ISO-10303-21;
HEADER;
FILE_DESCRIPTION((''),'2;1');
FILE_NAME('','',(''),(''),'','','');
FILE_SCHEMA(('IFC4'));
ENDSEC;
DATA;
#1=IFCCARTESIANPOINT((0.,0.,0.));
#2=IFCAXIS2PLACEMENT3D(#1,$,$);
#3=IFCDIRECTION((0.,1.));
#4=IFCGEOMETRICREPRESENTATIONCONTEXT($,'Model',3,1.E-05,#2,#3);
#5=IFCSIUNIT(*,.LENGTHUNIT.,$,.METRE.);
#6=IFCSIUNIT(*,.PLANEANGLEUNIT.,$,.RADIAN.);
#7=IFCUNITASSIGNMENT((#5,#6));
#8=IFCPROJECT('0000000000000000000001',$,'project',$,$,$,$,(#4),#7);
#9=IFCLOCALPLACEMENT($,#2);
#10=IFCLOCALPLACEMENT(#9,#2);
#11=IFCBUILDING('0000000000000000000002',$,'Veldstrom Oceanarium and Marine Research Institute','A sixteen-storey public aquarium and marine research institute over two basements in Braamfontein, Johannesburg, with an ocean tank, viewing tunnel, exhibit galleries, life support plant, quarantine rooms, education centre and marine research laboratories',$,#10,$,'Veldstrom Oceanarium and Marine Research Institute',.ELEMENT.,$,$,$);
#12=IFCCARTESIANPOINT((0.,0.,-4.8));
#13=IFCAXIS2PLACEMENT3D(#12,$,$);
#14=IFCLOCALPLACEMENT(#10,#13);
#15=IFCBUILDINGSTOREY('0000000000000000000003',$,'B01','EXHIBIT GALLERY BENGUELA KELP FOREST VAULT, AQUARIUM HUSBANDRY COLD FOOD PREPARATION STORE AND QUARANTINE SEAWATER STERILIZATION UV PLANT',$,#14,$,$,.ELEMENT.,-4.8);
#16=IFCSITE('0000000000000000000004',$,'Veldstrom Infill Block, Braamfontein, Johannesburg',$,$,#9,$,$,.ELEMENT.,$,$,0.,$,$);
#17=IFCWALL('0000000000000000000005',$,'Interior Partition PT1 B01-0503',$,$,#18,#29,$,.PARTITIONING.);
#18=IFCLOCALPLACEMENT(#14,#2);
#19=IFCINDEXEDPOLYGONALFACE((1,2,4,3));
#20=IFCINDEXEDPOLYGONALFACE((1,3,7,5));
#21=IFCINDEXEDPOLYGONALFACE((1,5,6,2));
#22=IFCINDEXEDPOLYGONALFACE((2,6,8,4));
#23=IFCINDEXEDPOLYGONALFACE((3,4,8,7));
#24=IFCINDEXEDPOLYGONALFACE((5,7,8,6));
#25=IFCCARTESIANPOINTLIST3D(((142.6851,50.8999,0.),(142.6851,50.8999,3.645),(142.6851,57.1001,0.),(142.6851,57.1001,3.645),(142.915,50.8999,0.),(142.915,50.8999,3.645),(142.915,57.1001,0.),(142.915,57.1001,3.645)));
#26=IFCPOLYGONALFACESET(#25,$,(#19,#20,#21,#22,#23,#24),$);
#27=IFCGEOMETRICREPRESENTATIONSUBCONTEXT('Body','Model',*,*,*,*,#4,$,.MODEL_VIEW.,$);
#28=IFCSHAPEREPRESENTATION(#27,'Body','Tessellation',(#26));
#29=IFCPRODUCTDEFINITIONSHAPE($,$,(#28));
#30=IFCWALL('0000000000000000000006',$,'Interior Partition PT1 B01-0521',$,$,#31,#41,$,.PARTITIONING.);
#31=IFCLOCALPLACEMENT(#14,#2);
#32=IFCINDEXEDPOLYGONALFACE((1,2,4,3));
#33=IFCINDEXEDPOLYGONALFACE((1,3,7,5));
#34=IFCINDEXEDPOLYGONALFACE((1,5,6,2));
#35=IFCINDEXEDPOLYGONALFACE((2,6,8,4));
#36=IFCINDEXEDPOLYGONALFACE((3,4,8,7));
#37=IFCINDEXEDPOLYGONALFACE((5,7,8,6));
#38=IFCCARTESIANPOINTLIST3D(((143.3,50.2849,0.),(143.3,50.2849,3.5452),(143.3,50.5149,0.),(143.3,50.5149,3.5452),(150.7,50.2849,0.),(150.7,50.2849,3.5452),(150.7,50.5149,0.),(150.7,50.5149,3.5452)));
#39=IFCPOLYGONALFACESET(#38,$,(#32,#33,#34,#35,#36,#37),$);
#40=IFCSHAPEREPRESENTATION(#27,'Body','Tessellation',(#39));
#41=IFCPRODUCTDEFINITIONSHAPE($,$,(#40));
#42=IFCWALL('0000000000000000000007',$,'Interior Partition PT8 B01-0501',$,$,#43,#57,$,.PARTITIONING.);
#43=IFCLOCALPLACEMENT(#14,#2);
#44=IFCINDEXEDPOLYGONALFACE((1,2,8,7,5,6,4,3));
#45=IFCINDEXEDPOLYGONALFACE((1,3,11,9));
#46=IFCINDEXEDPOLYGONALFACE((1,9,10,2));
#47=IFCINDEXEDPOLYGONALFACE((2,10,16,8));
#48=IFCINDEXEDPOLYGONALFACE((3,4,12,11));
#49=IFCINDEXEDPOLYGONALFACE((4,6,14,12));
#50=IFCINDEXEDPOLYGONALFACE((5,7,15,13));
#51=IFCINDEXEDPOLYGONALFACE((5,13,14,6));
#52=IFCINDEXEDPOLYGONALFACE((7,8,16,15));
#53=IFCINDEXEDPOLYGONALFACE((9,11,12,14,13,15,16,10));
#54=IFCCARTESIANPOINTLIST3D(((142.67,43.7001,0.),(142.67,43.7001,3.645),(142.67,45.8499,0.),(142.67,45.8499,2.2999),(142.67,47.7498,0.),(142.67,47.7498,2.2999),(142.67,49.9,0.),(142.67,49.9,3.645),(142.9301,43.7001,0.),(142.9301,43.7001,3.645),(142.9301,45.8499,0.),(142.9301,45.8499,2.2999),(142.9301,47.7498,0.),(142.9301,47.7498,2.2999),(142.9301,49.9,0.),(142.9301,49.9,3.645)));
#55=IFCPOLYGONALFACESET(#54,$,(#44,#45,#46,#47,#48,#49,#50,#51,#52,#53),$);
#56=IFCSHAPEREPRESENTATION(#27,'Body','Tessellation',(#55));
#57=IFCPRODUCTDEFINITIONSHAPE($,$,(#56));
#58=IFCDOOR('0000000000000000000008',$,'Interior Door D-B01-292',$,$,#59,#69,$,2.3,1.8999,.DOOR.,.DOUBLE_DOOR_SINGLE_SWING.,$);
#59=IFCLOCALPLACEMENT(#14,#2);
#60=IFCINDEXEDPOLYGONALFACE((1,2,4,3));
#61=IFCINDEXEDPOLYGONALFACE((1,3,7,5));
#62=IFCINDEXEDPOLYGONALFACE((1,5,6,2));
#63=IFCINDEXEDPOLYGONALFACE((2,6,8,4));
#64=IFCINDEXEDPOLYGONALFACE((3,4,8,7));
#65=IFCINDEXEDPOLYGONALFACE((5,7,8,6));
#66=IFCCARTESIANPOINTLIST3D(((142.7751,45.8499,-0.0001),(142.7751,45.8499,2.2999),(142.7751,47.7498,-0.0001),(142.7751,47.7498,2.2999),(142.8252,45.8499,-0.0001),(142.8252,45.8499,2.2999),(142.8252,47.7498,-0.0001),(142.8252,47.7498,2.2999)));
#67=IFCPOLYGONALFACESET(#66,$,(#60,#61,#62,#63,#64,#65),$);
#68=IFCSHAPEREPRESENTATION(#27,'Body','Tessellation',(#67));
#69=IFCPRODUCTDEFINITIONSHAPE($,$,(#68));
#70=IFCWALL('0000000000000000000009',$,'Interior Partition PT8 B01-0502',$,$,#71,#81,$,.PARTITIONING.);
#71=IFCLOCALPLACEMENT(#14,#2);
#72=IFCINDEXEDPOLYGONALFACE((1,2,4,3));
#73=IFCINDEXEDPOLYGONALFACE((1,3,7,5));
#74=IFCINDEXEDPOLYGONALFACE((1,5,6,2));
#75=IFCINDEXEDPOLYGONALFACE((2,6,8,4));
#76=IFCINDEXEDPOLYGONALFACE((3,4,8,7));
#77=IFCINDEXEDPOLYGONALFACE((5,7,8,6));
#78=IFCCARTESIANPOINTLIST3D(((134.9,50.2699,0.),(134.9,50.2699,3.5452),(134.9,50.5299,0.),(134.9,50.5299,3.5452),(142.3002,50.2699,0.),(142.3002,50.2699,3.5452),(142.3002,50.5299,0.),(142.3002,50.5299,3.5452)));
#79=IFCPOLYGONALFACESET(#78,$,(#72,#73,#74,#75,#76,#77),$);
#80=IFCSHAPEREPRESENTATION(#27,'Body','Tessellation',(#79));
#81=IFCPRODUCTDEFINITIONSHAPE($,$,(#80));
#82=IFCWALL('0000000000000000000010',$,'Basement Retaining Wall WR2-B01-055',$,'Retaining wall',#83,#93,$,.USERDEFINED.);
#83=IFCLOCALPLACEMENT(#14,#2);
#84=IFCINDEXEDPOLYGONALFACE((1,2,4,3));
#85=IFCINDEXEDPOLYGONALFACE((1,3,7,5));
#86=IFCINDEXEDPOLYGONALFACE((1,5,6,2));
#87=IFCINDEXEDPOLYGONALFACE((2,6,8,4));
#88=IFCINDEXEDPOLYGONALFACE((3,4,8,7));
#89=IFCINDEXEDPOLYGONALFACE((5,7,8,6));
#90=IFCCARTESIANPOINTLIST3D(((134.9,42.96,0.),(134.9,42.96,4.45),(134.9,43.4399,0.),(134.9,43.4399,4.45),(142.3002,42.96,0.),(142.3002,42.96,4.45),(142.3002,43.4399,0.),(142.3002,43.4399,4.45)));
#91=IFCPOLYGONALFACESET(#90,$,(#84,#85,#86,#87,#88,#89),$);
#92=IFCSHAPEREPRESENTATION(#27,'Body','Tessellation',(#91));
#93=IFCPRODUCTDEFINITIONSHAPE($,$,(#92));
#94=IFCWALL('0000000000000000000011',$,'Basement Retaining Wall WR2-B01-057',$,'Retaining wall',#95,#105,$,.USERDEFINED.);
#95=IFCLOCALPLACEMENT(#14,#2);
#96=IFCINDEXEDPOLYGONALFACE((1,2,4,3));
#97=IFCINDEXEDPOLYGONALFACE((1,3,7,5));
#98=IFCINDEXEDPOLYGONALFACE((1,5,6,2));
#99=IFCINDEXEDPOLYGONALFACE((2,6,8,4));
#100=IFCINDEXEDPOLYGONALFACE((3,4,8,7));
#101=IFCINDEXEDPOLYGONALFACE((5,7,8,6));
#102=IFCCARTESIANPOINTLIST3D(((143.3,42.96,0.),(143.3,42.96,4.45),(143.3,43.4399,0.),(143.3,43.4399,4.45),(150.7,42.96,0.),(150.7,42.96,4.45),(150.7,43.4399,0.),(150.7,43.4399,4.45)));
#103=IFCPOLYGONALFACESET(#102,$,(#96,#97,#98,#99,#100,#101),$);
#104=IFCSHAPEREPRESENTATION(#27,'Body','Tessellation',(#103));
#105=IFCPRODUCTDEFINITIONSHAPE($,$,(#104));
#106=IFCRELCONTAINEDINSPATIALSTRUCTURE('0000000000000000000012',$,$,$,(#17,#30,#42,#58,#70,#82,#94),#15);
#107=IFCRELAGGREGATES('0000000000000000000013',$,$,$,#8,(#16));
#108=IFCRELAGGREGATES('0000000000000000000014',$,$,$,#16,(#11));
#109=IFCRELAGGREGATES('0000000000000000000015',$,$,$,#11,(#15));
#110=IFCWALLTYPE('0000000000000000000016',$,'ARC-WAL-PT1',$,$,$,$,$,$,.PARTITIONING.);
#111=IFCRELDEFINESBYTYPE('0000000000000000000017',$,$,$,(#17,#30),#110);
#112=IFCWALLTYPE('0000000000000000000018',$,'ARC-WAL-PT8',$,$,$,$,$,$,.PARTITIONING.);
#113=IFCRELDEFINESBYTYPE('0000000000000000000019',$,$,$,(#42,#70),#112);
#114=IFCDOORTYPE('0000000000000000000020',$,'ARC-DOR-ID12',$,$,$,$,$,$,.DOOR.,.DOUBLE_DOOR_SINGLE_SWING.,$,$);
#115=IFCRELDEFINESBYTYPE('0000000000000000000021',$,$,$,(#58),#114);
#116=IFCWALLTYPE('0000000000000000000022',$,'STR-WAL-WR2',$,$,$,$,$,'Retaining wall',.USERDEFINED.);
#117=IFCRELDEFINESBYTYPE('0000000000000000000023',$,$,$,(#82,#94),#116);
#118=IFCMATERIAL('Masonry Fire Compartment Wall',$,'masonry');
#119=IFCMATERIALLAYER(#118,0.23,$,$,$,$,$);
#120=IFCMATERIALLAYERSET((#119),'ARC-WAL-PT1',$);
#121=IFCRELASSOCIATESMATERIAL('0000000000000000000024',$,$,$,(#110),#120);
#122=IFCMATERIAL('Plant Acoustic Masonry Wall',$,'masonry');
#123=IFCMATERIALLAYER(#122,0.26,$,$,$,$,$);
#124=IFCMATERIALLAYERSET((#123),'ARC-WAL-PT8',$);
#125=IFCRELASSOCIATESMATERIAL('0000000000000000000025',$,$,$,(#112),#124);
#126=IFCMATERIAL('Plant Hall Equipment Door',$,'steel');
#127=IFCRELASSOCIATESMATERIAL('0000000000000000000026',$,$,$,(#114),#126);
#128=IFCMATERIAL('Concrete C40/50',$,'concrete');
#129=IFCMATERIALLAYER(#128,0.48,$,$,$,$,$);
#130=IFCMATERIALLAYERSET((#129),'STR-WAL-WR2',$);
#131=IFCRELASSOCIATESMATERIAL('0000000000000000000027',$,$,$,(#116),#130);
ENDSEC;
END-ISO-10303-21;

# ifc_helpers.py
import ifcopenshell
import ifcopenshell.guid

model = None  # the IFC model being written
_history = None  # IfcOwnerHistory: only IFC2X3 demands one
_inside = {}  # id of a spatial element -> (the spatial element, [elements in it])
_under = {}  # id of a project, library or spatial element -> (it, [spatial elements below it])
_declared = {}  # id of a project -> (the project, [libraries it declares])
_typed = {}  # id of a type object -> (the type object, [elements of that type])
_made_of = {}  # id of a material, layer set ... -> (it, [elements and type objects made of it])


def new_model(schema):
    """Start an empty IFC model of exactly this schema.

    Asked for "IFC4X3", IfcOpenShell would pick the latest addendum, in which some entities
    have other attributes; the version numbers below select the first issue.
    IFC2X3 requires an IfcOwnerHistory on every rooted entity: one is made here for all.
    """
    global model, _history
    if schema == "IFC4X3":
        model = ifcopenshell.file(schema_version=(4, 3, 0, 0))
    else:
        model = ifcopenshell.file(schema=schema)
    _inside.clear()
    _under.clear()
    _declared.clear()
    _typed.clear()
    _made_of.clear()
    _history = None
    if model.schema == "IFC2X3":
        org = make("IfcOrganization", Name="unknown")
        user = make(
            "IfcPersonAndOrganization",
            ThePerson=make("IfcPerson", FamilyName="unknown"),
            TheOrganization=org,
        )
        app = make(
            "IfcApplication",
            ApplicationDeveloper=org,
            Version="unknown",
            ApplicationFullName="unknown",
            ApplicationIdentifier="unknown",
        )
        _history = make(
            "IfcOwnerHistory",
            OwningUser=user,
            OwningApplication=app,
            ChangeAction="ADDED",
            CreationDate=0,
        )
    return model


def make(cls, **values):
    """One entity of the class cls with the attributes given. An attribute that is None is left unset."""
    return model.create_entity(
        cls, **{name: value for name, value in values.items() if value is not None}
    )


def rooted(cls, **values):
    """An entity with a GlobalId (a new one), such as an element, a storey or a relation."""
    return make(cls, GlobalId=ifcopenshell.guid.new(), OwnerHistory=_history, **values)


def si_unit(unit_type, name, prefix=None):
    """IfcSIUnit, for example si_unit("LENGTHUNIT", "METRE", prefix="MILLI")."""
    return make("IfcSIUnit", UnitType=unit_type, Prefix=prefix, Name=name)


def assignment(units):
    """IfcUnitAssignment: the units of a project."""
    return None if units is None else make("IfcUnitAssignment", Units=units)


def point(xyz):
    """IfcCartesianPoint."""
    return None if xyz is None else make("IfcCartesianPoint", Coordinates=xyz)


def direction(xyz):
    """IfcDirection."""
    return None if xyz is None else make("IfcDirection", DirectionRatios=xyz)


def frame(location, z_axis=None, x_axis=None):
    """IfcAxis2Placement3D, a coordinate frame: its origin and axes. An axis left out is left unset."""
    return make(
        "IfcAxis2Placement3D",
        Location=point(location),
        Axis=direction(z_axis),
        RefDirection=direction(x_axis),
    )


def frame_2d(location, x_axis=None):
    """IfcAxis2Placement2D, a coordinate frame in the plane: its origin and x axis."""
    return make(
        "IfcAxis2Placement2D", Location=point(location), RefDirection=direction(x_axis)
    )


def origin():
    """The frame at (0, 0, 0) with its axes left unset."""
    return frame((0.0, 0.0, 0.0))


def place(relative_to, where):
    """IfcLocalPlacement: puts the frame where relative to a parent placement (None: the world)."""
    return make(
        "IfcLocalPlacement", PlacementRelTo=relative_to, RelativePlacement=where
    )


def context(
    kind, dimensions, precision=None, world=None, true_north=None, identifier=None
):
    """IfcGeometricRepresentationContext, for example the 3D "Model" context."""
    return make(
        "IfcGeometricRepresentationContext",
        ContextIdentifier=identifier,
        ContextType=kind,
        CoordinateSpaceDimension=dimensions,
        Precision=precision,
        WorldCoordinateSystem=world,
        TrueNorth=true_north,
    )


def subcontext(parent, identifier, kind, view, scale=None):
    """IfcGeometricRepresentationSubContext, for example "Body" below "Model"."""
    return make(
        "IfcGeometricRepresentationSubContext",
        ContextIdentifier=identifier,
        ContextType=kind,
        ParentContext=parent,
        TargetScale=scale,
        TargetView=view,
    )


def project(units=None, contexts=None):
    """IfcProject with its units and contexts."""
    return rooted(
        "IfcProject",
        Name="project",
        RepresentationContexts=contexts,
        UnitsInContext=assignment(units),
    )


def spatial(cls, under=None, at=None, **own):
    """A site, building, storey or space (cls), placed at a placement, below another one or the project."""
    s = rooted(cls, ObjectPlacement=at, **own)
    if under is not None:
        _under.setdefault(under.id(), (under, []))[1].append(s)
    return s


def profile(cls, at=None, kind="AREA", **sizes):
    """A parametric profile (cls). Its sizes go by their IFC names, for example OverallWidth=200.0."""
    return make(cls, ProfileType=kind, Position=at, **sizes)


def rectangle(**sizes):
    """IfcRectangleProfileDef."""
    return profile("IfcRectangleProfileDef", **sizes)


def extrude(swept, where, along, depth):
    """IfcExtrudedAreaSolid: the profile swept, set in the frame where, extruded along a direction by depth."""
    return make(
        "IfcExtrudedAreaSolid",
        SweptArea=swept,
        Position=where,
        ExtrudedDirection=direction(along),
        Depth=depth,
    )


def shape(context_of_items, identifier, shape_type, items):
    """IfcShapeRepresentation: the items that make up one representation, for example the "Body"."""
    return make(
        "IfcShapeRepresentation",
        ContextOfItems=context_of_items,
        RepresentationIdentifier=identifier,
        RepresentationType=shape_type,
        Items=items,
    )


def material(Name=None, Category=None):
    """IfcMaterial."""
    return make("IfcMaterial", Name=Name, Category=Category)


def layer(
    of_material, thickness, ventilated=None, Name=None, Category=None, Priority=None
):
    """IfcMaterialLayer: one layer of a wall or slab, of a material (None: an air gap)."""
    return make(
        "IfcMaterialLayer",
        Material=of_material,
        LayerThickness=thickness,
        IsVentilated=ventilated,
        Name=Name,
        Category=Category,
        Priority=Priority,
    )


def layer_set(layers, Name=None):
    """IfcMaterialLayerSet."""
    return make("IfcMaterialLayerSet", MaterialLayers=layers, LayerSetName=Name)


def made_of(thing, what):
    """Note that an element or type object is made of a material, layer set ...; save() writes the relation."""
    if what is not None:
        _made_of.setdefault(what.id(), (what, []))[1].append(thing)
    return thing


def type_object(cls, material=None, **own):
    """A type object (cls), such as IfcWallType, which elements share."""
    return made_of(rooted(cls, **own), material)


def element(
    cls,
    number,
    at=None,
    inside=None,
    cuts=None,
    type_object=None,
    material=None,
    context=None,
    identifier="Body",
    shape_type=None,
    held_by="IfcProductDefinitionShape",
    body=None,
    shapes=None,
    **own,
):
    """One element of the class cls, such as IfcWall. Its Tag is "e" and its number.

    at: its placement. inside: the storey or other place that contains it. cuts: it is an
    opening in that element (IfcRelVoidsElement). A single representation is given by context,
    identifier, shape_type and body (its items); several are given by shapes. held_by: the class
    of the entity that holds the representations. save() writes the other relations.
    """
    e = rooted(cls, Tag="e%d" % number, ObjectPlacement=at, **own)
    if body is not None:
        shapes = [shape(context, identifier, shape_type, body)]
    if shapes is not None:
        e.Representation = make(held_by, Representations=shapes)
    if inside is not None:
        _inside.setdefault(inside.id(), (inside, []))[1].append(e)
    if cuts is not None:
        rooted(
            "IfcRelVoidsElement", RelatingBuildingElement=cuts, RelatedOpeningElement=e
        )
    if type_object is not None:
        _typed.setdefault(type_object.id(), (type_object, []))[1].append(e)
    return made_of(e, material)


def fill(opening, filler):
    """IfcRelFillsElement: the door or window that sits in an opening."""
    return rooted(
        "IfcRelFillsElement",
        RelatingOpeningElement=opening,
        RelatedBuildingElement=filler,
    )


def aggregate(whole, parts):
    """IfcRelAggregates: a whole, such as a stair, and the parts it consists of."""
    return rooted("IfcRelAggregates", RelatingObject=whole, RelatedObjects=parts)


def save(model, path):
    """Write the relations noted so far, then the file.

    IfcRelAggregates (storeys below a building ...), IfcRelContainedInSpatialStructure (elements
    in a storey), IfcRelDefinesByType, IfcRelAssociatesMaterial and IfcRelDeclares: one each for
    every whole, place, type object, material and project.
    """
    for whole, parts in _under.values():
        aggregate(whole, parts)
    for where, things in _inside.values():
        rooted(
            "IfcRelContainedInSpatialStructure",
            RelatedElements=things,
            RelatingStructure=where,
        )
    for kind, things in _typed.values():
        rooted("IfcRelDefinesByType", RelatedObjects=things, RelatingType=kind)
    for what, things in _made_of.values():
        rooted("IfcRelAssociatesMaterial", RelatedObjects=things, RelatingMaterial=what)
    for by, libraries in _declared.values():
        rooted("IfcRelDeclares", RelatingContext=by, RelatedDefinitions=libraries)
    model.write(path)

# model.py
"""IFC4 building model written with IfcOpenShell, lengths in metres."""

from ifc_helpers import new_model, si_unit, direction, frame, frame_2d, origin, place, context, subcontext, project, spatial, rectangle, extrude, material, layer, layer_set, type_object, element, fill, save


model = new_model("IFC4")

# Units and contexts
model_context = context("Model", 3, precision=1e-05, world=origin(), true_north=direction((0.0, 1.0)))
body_context = subcontext(model_context, "Body", "Model", "MODEL_VIEW")
ifc_project = project(units=[si_unit("LENGTHUNIT", "METRE"), si_unit("PLANEANGLEUNIT", "RADIAN")], contexts=[model_context])

# Site, building, storey
site_placement = place(None, origin())
site = spatial("IfcSite", under=ifc_project, at=site_placement, Name="Veldstrom Infill Block, Braamfontein, Johannesburg", CompositionType="ELEMENT", RefElevation=0.0)
building_placement = place(site_placement, origin())
building = spatial("IfcBuilding", under=site, at=building_placement, Name="Veldstrom Oceanarium and Marine Research Institute", Description="A sixteen-storey public aquarium and marine research institute over two basements in Braamfontein, Johannesburg, with an ocean tank, viewing tunnel, exhibit galleries, life support plant, quarantine rooms, education centre and marine research laboratories", LongName="Veldstrom Oceanarium and Marine Research Institute", CompositionType="ELEMENT")
storey_placement = place(building_placement, frame((0.0, 0.0, -4.8)))
storey = spatial("IfcBuildingStorey", under=building, at=storey_placement, Name="B01", Description="EXHIBIT GALLERY BENGUELA KELP FOREST VAULT, AQUARIUM HUSBANDRY COLD FOOD PREPARATION STORE AND QUARANTINE SEAWATER STERILIZATION UV PLANT", CompositionType="ELEMENT", Elevation=-4.8)

# Shared definitions
ifc_material_1 = material(Name="Masonry Fire Compartment Wall", Category="masonry")
ifc_layer_1 = layer(ifc_material_1, 0.23)
ifc_layer_set_1 = layer_set([ifc_layer_1], Name="ARC-WAL-PT1")
wall_type_1 = type_object("IfcWallType", Name="ARC-WAL-PT1", PredefinedType="PARTITIONING", material=ifc_layer_set_1)

# Walls
for number, where, z_axis, x_axis, name in (
    (1, (142.8, 50.8999, 0.0), (0.0, 0.0, 1.0), (0.0, 1.0, 0.0), "Interior Partition PT1 B01-0503"),
):
    element("IfcWall", number, at=place(storey_placement, frame(where, z_axis=z_axis, x_axis=x_axis)), inside=storey, type_object=wall_type_1, Name=name, PredefinedType="PARTITIONING", context=body_context, shape_type="SweptSolid", body=[
        extrude(rectangle(XDim=6.2002, YDim=0.23, at=frame_2d((3.1001, 0.0))), origin(), (0.0, 0.0, 1.0), 3.645),
    ])
wall_1_placement = place(storey_placement, frame((143.3, 50.3999, 0.0), z_axis=(0.0, 0.0, 1.0), x_axis=(1.0, 0.0, 0.0)))
element("IfcWall", 2, at=wall_1_placement, inside=storey, type_object=wall_type_1, Name="Interior Partition PT1 B01-0521", PredefinedType="PARTITIONING", context=body_context, shape_type="SweptSolid", body=[
    extrude(rectangle(XDim=7.3999, YDim=0.23, at=frame_2d((3.7, 0.0))), origin(), (0.0, 0.0, 1.0), 3.5452),
])

# Wall, opening, door
ifc_material_2 = material(Name="Plant Acoustic Masonry Wall", Category="masonry")
ifc_layer_2 = layer(ifc_material_2, 0.26)
ifc_layer_set_2 = layer_set([ifc_layer_2], Name="ARC-WAL-PT8")
wall_type_2 = type_object("IfcWallType", Name="ARC-WAL-PT8", PredefinedType="PARTITIONING", material=ifc_layer_set_2)
wall_2_placement = place(storey_placement, frame((142.8, 43.7, 0.0), z_axis=(0.0, 0.0, 1.0), x_axis=(0.0, 1.0, 0.0)))
wall_2 = element("IfcWall", 3, at=wall_2_placement, inside=storey, type_object=wall_type_2, Name="Interior Partition PT8 B01-0501", PredefinedType="PARTITIONING", context=body_context, shape_type="SweptSolid", body=[
    extrude(rectangle(XDim=6.2, YDim=0.26, at=frame_2d((3.1001, 0.0))), origin(), (0.0, 0.0, 1.0), 3.645),
])
opening_1_placement = place(wall_2_placement, frame((2.1499, 0.0, 0.0)))
opening_1 = element("IfcOpeningElement", 4, at=opening_1_placement, cuts=wall_2, PredefinedType="OPENING", context=body_context, shape_type="SweptSolid", body=[
    extrude(rectangle(XDim=1.8999, YDim=2.3, at=frame_2d((0.95, 1.1499))), frame((0.0, 0.1399, 0.0), z_axis=(0.0, -1.0, 0.0), x_axis=(1.0, 0.0, 0.0)), (0.0, 0.0, 1.0), 0.28),
])
ifc_material_3 = material(Name="Plant Hall Equipment Door", Category="steel")
door_type_1 = type_object("IfcDoorType", Name="ARC-DOR-ID12", OperationType="DOUBLE_DOOR_SINGLE_SWING", PredefinedType="DOOR", material=ifc_material_3)
door_1_placement = place(opening_1_placement, origin())
door_1 = element("IfcDoor", 5, at=door_1_placement, inside=storey, type_object=door_type_1, Name="Interior Door D-B01-292", OperationType="DOUBLE_DOOR_SINGLE_SWING", OverallHeight=2.3, OverallWidth=1.8999, PredefinedType="DOOR", context=body_context, shape_type="SweptSolid", body=[
    extrude(rectangle(XDim=1.8999, YDim=2.3, at=frame_2d((0.95, 1.1499))), frame((0.0, 0.0249, 0.0), z_axis=(0.0, -1.0, 0.0), x_axis=(1.0, 0.0, 0.0)), (0.0, 0.0, 1.0), 0.05),
])
fill(opening_1, door_1)

# Walls
wall_3_placement = place(storey_placement, frame((134.8999, 50.3999, 0.0), z_axis=(0.0, 0.0, 1.0), x_axis=(1.0, 0.0, 0.0)))
element("IfcWall", 6, at=wall_3_placement, inside=storey, type_object=wall_type_2, Name="Interior Partition PT8 B01-0502", PredefinedType="PARTITIONING", context=body_context, shape_type="SweptSolid", body=[
    extrude(rectangle(XDim=7.4001, YDim=0.26, at=frame_2d((3.7002, 0.0))), origin(), (0.0, 0.0, 1.0), 3.5452),
])
ifc_material_4 = material(Name="Concrete C40/50", Category="concrete")
ifc_layer_3 = layer(ifc_material_4, 0.48)
ifc_layer_set_3 = layer_set([ifc_layer_3], Name="STR-WAL-WR2")
wall_type_3 = type_object("IfcWallType", Name="STR-WAL-WR2", ElementType="Retaining wall", PredefinedType="USERDEFINED", material=ifc_layer_set_3)
wall_4_placement = place(storey_placement, frame((134.8999, 43.2, 0.0), z_axis=(0.0, 0.0, 1.0), x_axis=(1.0, 0.0, 0.0)))
element("IfcWall", 7, at=wall_4_placement, inside=storey, type_object=wall_type_3, Name="Basement Retaining Wall WR2-B01-055", ObjectType="Retaining wall", PredefinedType="USERDEFINED", context=body_context, shape_type="SweptSolid", body=[
    extrude(rectangle(XDim=7.4001, YDim=0.48, at=frame_2d((3.7002, 0.0))), origin(), (0.0, 0.0, 1.0), 4.45),
])
wall_5_placement = place(storey_placement, frame((143.3, 43.2, 0.0), z_axis=(0.0, 0.0, 1.0), x_axis=(1.0, 0.0, 0.0)))
element("IfcWall", 8, at=wall_5_placement, inside=storey, type_object=wall_type_3, Name="Basement Retaining Wall WR2-B01-057", ObjectType="Retaining wall", PredefinedType="USERDEFINED", context=body_context, shape_type="SweptSolid", body=[
    extrude(rectangle(XDim=7.3999, YDim=0.48, at=frame_2d((3.7, 0.0))), origin(), (0.0, 0.0, 1.0), 4.45),
])

save(model, "model.ifc")
